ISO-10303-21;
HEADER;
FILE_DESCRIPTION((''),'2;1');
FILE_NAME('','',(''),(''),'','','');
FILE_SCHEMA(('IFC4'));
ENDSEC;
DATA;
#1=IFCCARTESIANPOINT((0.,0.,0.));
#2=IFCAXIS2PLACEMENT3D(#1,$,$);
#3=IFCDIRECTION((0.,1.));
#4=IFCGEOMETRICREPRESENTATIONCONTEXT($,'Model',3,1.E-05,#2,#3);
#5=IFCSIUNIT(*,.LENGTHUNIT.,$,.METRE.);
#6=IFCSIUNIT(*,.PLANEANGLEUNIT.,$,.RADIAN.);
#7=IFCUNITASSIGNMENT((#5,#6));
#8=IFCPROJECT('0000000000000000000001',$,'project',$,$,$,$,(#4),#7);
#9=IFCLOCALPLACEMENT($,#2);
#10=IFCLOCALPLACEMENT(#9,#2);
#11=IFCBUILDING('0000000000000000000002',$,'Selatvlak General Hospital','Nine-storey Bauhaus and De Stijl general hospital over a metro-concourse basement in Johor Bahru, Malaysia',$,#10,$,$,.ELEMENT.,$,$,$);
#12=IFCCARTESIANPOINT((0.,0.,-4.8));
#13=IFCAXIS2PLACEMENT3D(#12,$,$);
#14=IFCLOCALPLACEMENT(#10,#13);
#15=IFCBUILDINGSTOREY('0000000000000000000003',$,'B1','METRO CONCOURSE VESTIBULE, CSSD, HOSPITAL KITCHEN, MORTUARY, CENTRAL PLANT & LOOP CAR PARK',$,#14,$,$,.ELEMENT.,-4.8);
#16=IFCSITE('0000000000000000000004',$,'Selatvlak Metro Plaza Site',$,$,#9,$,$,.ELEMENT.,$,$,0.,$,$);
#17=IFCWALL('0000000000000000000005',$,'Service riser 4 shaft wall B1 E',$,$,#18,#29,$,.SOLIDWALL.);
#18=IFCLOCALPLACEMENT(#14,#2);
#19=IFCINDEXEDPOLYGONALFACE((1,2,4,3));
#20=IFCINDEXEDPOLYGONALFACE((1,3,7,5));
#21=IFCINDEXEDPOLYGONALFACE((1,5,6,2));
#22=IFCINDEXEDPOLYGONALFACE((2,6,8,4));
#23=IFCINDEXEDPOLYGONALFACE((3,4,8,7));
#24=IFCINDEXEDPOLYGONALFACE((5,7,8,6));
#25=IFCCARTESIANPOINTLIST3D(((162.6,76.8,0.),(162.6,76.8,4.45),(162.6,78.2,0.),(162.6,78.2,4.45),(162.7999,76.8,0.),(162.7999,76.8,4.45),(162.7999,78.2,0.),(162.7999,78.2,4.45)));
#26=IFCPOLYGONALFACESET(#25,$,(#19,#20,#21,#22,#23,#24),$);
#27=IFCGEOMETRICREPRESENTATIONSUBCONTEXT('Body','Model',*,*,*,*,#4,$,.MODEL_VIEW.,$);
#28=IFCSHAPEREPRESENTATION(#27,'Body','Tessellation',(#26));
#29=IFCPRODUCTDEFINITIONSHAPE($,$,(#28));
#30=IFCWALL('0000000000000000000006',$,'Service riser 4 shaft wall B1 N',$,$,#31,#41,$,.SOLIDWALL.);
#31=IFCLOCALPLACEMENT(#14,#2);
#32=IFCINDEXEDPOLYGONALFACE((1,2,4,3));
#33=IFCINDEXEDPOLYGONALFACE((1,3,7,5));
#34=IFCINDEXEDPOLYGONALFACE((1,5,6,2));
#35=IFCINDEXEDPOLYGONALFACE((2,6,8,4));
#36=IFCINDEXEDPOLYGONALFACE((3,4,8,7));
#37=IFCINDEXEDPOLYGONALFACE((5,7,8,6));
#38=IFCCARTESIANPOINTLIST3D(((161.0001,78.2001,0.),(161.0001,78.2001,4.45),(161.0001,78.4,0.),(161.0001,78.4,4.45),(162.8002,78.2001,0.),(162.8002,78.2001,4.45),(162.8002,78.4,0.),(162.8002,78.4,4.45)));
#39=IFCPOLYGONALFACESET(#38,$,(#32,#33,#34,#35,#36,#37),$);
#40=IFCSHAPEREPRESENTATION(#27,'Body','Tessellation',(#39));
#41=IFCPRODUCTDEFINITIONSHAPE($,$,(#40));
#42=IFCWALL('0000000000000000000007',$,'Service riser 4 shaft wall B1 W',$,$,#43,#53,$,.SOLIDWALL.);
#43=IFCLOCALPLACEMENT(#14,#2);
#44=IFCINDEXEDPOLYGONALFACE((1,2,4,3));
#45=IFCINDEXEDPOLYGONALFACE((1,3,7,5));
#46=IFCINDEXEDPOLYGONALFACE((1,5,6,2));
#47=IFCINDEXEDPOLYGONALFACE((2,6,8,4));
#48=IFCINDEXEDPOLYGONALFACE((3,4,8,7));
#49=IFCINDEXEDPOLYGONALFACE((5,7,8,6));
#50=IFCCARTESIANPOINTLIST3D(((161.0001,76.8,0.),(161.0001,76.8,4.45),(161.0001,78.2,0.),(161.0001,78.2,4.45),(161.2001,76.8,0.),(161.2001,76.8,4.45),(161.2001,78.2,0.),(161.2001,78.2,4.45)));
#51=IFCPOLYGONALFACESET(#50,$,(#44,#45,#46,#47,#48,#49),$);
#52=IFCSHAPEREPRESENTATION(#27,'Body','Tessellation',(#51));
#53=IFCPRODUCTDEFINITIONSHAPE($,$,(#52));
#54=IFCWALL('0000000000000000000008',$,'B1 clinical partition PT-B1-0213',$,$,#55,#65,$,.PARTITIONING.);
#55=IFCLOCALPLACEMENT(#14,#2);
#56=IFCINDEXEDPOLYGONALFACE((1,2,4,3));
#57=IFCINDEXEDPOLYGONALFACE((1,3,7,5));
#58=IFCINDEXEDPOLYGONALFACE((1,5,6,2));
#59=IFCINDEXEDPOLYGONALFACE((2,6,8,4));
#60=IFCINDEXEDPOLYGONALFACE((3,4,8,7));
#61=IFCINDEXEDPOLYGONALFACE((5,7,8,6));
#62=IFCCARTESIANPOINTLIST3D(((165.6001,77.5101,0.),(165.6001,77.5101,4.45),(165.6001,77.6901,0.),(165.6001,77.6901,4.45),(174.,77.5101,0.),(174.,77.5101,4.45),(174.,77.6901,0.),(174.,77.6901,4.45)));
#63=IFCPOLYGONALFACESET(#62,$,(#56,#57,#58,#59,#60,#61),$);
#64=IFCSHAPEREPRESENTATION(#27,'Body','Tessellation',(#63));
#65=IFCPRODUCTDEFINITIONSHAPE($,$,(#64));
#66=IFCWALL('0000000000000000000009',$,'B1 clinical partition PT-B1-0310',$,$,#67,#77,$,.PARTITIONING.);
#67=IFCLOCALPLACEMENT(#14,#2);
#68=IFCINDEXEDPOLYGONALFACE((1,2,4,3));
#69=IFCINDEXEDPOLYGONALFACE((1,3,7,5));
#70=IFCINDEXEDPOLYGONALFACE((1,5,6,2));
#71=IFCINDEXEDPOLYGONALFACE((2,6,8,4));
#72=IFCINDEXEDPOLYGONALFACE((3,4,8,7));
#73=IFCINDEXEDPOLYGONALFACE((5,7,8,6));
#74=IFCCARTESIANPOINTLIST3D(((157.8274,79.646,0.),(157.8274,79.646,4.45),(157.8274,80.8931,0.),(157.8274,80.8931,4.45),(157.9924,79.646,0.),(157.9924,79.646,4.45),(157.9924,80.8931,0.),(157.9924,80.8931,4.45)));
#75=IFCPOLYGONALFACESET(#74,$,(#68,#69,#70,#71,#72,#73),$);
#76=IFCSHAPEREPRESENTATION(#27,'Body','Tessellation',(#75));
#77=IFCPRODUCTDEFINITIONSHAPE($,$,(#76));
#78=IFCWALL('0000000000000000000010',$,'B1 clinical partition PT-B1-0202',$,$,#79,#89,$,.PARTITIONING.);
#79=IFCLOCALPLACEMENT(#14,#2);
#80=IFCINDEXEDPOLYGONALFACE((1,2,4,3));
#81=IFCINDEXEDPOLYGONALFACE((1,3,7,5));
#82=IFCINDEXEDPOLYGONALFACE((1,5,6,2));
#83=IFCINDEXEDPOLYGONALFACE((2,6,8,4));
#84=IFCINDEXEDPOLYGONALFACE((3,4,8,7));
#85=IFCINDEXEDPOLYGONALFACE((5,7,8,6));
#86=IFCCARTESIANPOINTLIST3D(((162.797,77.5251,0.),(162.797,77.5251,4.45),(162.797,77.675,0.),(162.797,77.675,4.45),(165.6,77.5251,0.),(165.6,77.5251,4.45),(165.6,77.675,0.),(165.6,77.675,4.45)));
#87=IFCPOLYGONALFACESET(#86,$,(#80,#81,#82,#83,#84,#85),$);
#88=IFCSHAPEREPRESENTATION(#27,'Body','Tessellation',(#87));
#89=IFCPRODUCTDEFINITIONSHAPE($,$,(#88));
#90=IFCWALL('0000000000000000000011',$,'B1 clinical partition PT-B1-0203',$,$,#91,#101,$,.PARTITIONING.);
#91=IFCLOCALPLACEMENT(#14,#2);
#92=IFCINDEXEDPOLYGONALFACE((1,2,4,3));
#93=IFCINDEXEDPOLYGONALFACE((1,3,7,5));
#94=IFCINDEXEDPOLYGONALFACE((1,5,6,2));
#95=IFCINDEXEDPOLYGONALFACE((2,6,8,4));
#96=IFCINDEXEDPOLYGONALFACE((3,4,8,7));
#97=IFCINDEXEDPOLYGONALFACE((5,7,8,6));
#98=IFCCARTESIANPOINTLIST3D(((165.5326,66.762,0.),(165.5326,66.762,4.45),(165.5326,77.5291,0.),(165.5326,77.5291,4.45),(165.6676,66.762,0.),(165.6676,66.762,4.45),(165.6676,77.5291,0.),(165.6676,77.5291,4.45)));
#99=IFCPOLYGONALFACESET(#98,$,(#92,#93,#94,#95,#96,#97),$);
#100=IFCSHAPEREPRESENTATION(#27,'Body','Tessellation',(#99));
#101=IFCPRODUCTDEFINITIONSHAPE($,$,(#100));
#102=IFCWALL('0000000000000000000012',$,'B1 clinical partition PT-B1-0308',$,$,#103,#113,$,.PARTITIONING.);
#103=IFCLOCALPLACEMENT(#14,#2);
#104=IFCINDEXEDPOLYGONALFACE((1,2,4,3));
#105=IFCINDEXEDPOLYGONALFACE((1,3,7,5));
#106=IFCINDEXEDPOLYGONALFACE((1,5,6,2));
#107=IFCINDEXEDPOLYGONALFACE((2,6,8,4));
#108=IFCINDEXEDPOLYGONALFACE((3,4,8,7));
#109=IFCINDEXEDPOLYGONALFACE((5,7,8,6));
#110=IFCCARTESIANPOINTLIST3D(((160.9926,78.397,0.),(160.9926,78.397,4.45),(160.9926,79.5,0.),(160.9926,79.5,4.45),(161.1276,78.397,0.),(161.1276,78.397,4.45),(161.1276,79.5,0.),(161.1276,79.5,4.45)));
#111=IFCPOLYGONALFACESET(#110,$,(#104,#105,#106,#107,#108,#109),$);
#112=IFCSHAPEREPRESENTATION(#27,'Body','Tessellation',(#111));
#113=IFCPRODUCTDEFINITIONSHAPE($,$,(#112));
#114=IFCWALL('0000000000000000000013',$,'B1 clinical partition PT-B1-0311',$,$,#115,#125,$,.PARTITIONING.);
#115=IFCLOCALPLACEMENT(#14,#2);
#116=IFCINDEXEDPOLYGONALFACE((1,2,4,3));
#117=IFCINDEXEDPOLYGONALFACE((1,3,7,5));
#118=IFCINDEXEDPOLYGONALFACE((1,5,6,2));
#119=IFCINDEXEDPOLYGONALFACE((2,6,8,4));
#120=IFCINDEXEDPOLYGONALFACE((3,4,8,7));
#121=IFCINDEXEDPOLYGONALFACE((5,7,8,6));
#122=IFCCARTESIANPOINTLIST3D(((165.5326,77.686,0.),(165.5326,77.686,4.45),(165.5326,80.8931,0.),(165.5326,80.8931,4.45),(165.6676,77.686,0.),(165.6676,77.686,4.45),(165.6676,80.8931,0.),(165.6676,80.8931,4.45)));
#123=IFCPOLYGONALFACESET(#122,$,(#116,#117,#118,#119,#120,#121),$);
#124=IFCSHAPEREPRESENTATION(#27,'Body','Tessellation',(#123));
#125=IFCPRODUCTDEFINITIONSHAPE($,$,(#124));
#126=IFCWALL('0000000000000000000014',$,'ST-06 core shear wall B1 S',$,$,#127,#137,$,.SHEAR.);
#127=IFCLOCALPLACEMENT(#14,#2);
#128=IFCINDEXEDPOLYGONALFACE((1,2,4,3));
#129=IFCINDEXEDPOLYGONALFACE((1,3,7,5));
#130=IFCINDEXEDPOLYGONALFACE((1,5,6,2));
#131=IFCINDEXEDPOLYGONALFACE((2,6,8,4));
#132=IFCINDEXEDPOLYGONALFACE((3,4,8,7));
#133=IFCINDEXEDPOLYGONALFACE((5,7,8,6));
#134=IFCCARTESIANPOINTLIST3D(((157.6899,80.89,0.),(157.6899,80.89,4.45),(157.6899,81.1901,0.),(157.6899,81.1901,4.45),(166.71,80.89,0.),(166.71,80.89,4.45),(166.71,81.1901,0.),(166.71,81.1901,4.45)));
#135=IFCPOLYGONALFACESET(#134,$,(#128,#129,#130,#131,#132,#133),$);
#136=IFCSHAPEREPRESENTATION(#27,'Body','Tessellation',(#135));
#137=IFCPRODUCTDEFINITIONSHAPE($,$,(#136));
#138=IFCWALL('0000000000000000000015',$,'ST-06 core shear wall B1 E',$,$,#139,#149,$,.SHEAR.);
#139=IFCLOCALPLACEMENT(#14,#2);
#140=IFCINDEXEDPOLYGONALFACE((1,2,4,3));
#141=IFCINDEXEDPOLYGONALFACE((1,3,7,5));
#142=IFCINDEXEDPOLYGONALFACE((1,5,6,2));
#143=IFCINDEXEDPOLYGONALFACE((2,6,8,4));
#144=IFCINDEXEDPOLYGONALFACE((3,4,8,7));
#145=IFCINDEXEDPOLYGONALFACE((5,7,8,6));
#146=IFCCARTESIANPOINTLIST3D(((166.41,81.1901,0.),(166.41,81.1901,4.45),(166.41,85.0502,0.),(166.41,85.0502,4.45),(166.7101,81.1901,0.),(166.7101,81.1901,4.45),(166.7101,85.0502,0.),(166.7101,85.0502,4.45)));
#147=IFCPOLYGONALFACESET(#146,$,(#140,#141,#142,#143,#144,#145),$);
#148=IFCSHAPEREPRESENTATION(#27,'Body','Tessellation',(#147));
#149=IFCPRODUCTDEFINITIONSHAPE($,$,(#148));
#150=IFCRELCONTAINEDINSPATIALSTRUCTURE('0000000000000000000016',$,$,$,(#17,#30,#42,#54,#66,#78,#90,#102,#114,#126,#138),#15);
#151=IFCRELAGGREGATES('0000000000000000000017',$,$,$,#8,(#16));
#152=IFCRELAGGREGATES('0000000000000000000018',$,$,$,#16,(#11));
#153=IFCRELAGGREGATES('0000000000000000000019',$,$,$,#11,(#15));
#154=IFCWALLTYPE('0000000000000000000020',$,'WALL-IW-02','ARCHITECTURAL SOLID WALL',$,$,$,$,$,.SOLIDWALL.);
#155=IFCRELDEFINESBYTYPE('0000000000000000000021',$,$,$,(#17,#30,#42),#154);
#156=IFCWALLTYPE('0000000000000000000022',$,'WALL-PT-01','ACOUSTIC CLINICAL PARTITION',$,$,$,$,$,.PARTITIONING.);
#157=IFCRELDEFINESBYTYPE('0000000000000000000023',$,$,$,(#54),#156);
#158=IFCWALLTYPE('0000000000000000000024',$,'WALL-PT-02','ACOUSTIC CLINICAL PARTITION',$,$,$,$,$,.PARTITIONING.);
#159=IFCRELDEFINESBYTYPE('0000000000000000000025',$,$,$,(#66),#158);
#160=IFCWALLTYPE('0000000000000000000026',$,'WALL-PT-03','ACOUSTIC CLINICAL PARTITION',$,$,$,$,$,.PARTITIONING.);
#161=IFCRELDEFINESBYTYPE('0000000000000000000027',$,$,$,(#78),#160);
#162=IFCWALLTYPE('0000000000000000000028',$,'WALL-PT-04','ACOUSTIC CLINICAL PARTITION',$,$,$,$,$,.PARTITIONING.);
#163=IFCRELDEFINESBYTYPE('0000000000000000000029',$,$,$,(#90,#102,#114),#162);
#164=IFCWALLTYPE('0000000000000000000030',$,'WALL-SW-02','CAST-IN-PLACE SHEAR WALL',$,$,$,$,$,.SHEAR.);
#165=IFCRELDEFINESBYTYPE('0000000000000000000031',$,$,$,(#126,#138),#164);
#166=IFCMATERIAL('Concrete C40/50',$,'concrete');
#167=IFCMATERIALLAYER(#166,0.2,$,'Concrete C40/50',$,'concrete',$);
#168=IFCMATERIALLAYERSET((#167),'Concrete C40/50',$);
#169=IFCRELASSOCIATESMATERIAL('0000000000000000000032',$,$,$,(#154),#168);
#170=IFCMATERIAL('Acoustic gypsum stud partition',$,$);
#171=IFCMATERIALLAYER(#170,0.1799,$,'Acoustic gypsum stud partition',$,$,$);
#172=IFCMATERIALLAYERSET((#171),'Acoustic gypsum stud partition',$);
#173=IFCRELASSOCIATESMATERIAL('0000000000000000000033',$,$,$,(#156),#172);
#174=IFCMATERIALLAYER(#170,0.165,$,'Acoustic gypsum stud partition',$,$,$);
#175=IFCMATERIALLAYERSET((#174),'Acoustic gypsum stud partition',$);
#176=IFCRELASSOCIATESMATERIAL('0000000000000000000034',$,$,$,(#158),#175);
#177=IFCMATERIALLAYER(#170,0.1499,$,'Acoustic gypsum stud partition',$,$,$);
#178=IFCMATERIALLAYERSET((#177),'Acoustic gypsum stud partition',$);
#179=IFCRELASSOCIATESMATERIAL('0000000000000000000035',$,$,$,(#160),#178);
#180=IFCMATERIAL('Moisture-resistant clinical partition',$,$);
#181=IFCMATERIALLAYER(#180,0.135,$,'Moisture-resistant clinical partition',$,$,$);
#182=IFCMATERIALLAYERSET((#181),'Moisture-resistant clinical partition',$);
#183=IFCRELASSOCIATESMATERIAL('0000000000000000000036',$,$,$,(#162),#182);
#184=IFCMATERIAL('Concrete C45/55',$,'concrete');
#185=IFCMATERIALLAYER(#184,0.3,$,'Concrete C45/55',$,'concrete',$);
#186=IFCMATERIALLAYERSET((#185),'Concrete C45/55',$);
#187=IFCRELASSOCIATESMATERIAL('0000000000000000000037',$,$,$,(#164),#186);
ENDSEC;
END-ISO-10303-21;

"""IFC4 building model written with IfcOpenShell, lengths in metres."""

from ifc_helpers import new_model, si_unit, direction, frame, frame_2d, origin, place, context, subcontext, project, spatial, rectangle, extrude, material, layer, layer_set, type_object, element, save


model = new_model("IFC4")

# Units and contexts
model_context = context("Model", 3, precision=1e-05, world=origin(), true_north=direction((0.0, 1.0)))
body_context = subcontext(model_context, "Body", "Model", "MODEL_VIEW")
ifc_project = project(units=[si_unit("LENGTHUNIT", "METRE"), si_unit("PLANEANGLEUNIT", "RADIAN")], contexts=[model_context])

# Site, building, storey
site_placement = place(None, origin())
site = spatial("IfcSite", under=ifc_project, at=site_placement, Name="Selatvlak Metro Plaza Site", CompositionType="ELEMENT", RefElevation=0.0)
building_placement = place(site_placement, origin())
building = spatial("IfcBuilding", under=site, at=building_placement, Name="Selatvlak General Hospital", Description="Nine-storey Bauhaus and De Stijl general hospital over a metro-concourse basement in Johor Bahru, Malaysia", CompositionType="ELEMENT")
storey_placement = place(building_placement, frame((0.0, 0.0, -4.8)))
storey = spatial("IfcBuildingStorey", under=building, at=storey_placement, Name="B1", Description="METRO CONCOURSE VESTIBULE, CSSD, HOSPITAL KITCHEN, MORTUARY, CENTRAL PLANT & LOOP CAR PARK", CompositionType="ELEMENT", Elevation=-4.8)

# Shared definitions
ifc_material_1 = material(Name="Concrete C40/50", Category="concrete")

# Walls
ifc_layer_1 = layer(ifc_material_1, 0.2, Name="Concrete C40/50", Category="concrete")
ifc_layer_set_1 = layer_set([ifc_layer_1], Name="Concrete C40/50")
wall_type_1 = type_object("IfcWallType", Name="WALL-IW-02", Description="ARCHITECTURAL SOLID WALL", PredefinedType="SOLIDWALL", material=ifc_layer_set_1)
wall_1_placement = place(storey_placement, frame((162.7, 76.8, 0.0), z_axis=(0.0, 0.0, 1.0), x_axis=(0.0, 1.0, 0.0)))
element("IfcWall", 1, at=wall_1_placement, inside=storey, type_object=wall_type_1, Name="Service riser 4 shaft wall B1 E", PredefinedType="SOLIDWALL", context=body_context, shape_type="SweptSolid", body=[
    extrude(rectangle(XDim=1.3999, YDim=0.2, at=frame_2d((0.7, 0.0))), origin(), (0.0, 0.0, 1.0), 4.45),
])
wall_2_placement = place(storey_placement, frame((162.8, 78.3, 0.0), z_axis=(0.0, 0.0, 1.0), x_axis=(-1.0, 0.0, 0.0)))
element("IfcWall", 2, at=wall_2_placement, inside=storey, type_object=wall_type_1, Name="Service riser 4 shaft wall B1 N", PredefinedType="SOLIDWALL", context=body_context, shape_type="SweptSolid", body=[
    extrude(rectangle(XDim=1.8, YDim=0.2, at=frame_2d((0.8999, 0.0))), origin(), (0.0, 0.0, 1.0), 4.45),
])
wall_3_placement = place(storey_placement, frame((161.1001, 78.2, 0.0), z_axis=(0.0, 0.0, 1.0), x_axis=(0.0, -1.0, 0.0)))
element("IfcWall", 3, at=wall_3_placement, inside=storey, type_object=wall_type_1, Name="Service riser 4 shaft wall B1 W", PredefinedType="SOLIDWALL", context=body_context, shape_type="SweptSolid", body=[
    extrude(rectangle(XDim=1.3999, YDim=0.2, at=frame_2d((0.7, 0.0))), origin(), (0.0, 0.0, 1.0), 4.45),
])
ifc_material_2 = material(Name="Acoustic gypsum stud partition")
ifc_layer_2 = layer(ifc_material_2, 0.1799, Name="Acoustic gypsum stud partition")
ifc_layer_set_2 = layer_set([ifc_layer_2], Name="Acoustic gypsum stud partition")
wall_type_2 = type_object("IfcWallType", Name="WALL-PT-01", Description="ACOUSTIC CLINICAL PARTITION", PredefinedType="PARTITIONING", material=ifc_layer_set_2)
wall_4_placement = place(storey_placement, frame((165.6001, 77.6001, 0.0), z_axis=(0.0, 0.0, 1.0), x_axis=(1.0, 0.0, 0.0)))
element("IfcWall", 4, at=wall_4_placement, inside=storey, type_object=wall_type_2, Name="B1 clinical partition PT-B1-0213", PredefinedType="PARTITIONING", context=body_context, shape_type="SweptSolid", body=[
    extrude(rectangle(XDim=8.3999, YDim=0.1799, at=frame_2d((4.2, 0.0))), origin(), (0.0, 0.0, 1.0), 4.45),
])

# Walls
ifc_layer_3 = layer(ifc_material_2, 0.165, Name="Acoustic gypsum stud partition")
ifc_layer_set_3 = layer_set([ifc_layer_3], Name="Acoustic gypsum stud partition")
wall_type_3 = type_object("IfcWallType", Name="WALL-PT-02", Description="ACOUSTIC CLINICAL PARTITION", PredefinedType="PARTITIONING", material=ifc_layer_set_3)
wall_5_placement = place(storey_placement, frame((157.9099, 79.646, 0.0), z_axis=(0.0, 0.0, 1.0), x_axis=(0.0, 1.0, 0.0)))
element("IfcWall", 5, at=wall_5_placement, inside=storey, type_object=wall_type_3, Name="B1 clinical partition PT-B1-0310", PredefinedType="PARTITIONING", context=body_context, shape_type="SweptSolid", body=[
    extrude(rectangle(XDim=1.2471, YDim=0.165, at=frame_2d((0.6235, 0.0))), origin(), (0.0, 0.0, 1.0), 4.45),
])
ifc_layer_4 = layer(ifc_material_2, 0.1499, Name="Acoustic gypsum stud partition")
ifc_layer_set_4 = layer_set([ifc_layer_4], Name="Acoustic gypsum stud partition")
wall_type_4 = type_object("IfcWallType", Name="WALL-PT-03", Description="ACOUSTIC CLINICAL PARTITION", PredefinedType="PARTITIONING", material=ifc_layer_set_4)
wall_6_placement = place(storey_placement, frame((162.7971, 77.6001, 0.0), z_axis=(0.0, 0.0, 1.0), x_axis=(1.0, 0.0, 0.0)))
element("IfcWall", 6, at=wall_6_placement, inside=storey, type_object=wall_type_4, Name="B1 clinical partition PT-B1-0202", PredefinedType="PARTITIONING", context=body_context, shape_type="SweptSolid", body=[
    extrude(rectangle(XDim=2.803, YDim=0.1499, at=frame_2d((1.4014, 0.0))), origin(), (0.0, 0.0, 1.0), 4.45),
])
ifc_material_3 = material(Name="Moisture-resistant clinical partition")
ifc_layer_5 = layer(ifc_material_3, 0.135, Name="Moisture-resistant clinical partition")
ifc_layer_set_5 = layer_set([ifc_layer_5], Name="Moisture-resistant clinical partition")
wall_type_5 = type_object("IfcWallType", Name="WALL-PT-04", Description="ACOUSTIC CLINICAL PARTITION", PredefinedType="PARTITIONING", material=ifc_layer_set_5)
wall_7_placement = place(storey_placement, frame((165.6001, 77.5291, 0.0), z_axis=(0.0, 0.0, 1.0), x_axis=(0.0, -1.0, 0.0)))
element("IfcWall", 7, at=wall_7_placement, inside=storey, type_object=wall_type_5, Name="B1 clinical partition PT-B1-0203", PredefinedType="PARTITIONING", context=body_context, shape_type="SweptSolid", body=[
    extrude(rectangle(XDim=10.7671, YDim=0.135, at=frame_2d((5.3835, 0.0))), origin(), (0.0, 0.0, 1.0), 4.45),
])
wall_8_placement = place(storey_placement, frame((161.0601, 78.397, 0.0), z_axis=(0.0, 0.0, 1.0), x_axis=(0.0, 1.0, 0.0)))
element("IfcWall", 8, at=wall_8_placement, inside=storey, type_object=wall_type_5, Name="B1 clinical partition PT-B1-0308", PredefinedType="PARTITIONING", context=body_context, shape_type="SweptSolid", body=[
    extrude(rectangle(XDim=1.103, YDim=0.135, at=frame_2d((0.5515, 0.0))), origin(), (0.0, 0.0, 1.0), 4.45),
])
wall_9_placement = place(storey_placement, frame((165.6001, 80.8931, 0.0), z_axis=(0.0, 0.0, 1.0), x_axis=(0.0, -1.0, 0.0)))
element("IfcWall", 9, at=wall_9_placement, inside=storey, type_object=wall_type_5, Name="B1 clinical partition PT-B1-0311", PredefinedType="PARTITIONING", context=body_context, shape_type="SweptSolid", body=[
    extrude(rectangle(XDim=3.207, YDim=0.135, at=frame_2d((1.6035, 0.0))), origin(), (0.0, 0.0, 1.0), 4.45),
])
ifc_material_4 = material(Name="Concrete C45/55", Category="concrete")
ifc_layer_6 = layer(ifc_material_4, 0.3, Name="Concrete C45/55", Category="concrete")
ifc_layer_set_6 = layer_set([ifc_layer_6], Name="Concrete C45/55")
wall_type_6 = type_object("IfcWallType", Name="WALL-SW-02", Description="CAST-IN-PLACE SHEAR WALL", PredefinedType="SHEAR", material=ifc_layer_set_6)
wall_10_placement = place(storey_placement, frame((157.6899, 81.04, 0.0), z_axis=(0.0, 0.0, 1.0), x_axis=(1.0, 0.0, 0.0)))
element("IfcWall", 10, at=wall_10_placement, inside=storey, type_object=wall_type_6, Name="ST-06 core shear wall B1 S", PredefinedType="SHEAR", context=body_context, shape_type="SweptSolid", body=[
    extrude(rectangle(XDim=9.02, YDim=0.3, at=frame_2d((4.51, 0.0))), origin(), (0.0, 0.0, 1.0), 4.45),
])
wall_11_placement = place(storey_placement, frame((166.5601, 81.1899, 0.0), z_axis=(0.0, 0.0, 1.0), x_axis=(0.0, 1.0, 0.0)))
element("IfcWall", 11, at=wall_11_placement, inside=storey, type_object=wall_type_6, Name="ST-06 core shear wall B1 E", PredefinedType="SHEAR", context=body_context, shape_type="SweptSolid", body=[
    extrude(rectangle(XDim=3.8601, YDim=0.3, at=frame_2d((1.9302, 0.0))), origin(), (0.0, 0.0, 1.0), 4.45),
])

save(model, "model.ifc")
